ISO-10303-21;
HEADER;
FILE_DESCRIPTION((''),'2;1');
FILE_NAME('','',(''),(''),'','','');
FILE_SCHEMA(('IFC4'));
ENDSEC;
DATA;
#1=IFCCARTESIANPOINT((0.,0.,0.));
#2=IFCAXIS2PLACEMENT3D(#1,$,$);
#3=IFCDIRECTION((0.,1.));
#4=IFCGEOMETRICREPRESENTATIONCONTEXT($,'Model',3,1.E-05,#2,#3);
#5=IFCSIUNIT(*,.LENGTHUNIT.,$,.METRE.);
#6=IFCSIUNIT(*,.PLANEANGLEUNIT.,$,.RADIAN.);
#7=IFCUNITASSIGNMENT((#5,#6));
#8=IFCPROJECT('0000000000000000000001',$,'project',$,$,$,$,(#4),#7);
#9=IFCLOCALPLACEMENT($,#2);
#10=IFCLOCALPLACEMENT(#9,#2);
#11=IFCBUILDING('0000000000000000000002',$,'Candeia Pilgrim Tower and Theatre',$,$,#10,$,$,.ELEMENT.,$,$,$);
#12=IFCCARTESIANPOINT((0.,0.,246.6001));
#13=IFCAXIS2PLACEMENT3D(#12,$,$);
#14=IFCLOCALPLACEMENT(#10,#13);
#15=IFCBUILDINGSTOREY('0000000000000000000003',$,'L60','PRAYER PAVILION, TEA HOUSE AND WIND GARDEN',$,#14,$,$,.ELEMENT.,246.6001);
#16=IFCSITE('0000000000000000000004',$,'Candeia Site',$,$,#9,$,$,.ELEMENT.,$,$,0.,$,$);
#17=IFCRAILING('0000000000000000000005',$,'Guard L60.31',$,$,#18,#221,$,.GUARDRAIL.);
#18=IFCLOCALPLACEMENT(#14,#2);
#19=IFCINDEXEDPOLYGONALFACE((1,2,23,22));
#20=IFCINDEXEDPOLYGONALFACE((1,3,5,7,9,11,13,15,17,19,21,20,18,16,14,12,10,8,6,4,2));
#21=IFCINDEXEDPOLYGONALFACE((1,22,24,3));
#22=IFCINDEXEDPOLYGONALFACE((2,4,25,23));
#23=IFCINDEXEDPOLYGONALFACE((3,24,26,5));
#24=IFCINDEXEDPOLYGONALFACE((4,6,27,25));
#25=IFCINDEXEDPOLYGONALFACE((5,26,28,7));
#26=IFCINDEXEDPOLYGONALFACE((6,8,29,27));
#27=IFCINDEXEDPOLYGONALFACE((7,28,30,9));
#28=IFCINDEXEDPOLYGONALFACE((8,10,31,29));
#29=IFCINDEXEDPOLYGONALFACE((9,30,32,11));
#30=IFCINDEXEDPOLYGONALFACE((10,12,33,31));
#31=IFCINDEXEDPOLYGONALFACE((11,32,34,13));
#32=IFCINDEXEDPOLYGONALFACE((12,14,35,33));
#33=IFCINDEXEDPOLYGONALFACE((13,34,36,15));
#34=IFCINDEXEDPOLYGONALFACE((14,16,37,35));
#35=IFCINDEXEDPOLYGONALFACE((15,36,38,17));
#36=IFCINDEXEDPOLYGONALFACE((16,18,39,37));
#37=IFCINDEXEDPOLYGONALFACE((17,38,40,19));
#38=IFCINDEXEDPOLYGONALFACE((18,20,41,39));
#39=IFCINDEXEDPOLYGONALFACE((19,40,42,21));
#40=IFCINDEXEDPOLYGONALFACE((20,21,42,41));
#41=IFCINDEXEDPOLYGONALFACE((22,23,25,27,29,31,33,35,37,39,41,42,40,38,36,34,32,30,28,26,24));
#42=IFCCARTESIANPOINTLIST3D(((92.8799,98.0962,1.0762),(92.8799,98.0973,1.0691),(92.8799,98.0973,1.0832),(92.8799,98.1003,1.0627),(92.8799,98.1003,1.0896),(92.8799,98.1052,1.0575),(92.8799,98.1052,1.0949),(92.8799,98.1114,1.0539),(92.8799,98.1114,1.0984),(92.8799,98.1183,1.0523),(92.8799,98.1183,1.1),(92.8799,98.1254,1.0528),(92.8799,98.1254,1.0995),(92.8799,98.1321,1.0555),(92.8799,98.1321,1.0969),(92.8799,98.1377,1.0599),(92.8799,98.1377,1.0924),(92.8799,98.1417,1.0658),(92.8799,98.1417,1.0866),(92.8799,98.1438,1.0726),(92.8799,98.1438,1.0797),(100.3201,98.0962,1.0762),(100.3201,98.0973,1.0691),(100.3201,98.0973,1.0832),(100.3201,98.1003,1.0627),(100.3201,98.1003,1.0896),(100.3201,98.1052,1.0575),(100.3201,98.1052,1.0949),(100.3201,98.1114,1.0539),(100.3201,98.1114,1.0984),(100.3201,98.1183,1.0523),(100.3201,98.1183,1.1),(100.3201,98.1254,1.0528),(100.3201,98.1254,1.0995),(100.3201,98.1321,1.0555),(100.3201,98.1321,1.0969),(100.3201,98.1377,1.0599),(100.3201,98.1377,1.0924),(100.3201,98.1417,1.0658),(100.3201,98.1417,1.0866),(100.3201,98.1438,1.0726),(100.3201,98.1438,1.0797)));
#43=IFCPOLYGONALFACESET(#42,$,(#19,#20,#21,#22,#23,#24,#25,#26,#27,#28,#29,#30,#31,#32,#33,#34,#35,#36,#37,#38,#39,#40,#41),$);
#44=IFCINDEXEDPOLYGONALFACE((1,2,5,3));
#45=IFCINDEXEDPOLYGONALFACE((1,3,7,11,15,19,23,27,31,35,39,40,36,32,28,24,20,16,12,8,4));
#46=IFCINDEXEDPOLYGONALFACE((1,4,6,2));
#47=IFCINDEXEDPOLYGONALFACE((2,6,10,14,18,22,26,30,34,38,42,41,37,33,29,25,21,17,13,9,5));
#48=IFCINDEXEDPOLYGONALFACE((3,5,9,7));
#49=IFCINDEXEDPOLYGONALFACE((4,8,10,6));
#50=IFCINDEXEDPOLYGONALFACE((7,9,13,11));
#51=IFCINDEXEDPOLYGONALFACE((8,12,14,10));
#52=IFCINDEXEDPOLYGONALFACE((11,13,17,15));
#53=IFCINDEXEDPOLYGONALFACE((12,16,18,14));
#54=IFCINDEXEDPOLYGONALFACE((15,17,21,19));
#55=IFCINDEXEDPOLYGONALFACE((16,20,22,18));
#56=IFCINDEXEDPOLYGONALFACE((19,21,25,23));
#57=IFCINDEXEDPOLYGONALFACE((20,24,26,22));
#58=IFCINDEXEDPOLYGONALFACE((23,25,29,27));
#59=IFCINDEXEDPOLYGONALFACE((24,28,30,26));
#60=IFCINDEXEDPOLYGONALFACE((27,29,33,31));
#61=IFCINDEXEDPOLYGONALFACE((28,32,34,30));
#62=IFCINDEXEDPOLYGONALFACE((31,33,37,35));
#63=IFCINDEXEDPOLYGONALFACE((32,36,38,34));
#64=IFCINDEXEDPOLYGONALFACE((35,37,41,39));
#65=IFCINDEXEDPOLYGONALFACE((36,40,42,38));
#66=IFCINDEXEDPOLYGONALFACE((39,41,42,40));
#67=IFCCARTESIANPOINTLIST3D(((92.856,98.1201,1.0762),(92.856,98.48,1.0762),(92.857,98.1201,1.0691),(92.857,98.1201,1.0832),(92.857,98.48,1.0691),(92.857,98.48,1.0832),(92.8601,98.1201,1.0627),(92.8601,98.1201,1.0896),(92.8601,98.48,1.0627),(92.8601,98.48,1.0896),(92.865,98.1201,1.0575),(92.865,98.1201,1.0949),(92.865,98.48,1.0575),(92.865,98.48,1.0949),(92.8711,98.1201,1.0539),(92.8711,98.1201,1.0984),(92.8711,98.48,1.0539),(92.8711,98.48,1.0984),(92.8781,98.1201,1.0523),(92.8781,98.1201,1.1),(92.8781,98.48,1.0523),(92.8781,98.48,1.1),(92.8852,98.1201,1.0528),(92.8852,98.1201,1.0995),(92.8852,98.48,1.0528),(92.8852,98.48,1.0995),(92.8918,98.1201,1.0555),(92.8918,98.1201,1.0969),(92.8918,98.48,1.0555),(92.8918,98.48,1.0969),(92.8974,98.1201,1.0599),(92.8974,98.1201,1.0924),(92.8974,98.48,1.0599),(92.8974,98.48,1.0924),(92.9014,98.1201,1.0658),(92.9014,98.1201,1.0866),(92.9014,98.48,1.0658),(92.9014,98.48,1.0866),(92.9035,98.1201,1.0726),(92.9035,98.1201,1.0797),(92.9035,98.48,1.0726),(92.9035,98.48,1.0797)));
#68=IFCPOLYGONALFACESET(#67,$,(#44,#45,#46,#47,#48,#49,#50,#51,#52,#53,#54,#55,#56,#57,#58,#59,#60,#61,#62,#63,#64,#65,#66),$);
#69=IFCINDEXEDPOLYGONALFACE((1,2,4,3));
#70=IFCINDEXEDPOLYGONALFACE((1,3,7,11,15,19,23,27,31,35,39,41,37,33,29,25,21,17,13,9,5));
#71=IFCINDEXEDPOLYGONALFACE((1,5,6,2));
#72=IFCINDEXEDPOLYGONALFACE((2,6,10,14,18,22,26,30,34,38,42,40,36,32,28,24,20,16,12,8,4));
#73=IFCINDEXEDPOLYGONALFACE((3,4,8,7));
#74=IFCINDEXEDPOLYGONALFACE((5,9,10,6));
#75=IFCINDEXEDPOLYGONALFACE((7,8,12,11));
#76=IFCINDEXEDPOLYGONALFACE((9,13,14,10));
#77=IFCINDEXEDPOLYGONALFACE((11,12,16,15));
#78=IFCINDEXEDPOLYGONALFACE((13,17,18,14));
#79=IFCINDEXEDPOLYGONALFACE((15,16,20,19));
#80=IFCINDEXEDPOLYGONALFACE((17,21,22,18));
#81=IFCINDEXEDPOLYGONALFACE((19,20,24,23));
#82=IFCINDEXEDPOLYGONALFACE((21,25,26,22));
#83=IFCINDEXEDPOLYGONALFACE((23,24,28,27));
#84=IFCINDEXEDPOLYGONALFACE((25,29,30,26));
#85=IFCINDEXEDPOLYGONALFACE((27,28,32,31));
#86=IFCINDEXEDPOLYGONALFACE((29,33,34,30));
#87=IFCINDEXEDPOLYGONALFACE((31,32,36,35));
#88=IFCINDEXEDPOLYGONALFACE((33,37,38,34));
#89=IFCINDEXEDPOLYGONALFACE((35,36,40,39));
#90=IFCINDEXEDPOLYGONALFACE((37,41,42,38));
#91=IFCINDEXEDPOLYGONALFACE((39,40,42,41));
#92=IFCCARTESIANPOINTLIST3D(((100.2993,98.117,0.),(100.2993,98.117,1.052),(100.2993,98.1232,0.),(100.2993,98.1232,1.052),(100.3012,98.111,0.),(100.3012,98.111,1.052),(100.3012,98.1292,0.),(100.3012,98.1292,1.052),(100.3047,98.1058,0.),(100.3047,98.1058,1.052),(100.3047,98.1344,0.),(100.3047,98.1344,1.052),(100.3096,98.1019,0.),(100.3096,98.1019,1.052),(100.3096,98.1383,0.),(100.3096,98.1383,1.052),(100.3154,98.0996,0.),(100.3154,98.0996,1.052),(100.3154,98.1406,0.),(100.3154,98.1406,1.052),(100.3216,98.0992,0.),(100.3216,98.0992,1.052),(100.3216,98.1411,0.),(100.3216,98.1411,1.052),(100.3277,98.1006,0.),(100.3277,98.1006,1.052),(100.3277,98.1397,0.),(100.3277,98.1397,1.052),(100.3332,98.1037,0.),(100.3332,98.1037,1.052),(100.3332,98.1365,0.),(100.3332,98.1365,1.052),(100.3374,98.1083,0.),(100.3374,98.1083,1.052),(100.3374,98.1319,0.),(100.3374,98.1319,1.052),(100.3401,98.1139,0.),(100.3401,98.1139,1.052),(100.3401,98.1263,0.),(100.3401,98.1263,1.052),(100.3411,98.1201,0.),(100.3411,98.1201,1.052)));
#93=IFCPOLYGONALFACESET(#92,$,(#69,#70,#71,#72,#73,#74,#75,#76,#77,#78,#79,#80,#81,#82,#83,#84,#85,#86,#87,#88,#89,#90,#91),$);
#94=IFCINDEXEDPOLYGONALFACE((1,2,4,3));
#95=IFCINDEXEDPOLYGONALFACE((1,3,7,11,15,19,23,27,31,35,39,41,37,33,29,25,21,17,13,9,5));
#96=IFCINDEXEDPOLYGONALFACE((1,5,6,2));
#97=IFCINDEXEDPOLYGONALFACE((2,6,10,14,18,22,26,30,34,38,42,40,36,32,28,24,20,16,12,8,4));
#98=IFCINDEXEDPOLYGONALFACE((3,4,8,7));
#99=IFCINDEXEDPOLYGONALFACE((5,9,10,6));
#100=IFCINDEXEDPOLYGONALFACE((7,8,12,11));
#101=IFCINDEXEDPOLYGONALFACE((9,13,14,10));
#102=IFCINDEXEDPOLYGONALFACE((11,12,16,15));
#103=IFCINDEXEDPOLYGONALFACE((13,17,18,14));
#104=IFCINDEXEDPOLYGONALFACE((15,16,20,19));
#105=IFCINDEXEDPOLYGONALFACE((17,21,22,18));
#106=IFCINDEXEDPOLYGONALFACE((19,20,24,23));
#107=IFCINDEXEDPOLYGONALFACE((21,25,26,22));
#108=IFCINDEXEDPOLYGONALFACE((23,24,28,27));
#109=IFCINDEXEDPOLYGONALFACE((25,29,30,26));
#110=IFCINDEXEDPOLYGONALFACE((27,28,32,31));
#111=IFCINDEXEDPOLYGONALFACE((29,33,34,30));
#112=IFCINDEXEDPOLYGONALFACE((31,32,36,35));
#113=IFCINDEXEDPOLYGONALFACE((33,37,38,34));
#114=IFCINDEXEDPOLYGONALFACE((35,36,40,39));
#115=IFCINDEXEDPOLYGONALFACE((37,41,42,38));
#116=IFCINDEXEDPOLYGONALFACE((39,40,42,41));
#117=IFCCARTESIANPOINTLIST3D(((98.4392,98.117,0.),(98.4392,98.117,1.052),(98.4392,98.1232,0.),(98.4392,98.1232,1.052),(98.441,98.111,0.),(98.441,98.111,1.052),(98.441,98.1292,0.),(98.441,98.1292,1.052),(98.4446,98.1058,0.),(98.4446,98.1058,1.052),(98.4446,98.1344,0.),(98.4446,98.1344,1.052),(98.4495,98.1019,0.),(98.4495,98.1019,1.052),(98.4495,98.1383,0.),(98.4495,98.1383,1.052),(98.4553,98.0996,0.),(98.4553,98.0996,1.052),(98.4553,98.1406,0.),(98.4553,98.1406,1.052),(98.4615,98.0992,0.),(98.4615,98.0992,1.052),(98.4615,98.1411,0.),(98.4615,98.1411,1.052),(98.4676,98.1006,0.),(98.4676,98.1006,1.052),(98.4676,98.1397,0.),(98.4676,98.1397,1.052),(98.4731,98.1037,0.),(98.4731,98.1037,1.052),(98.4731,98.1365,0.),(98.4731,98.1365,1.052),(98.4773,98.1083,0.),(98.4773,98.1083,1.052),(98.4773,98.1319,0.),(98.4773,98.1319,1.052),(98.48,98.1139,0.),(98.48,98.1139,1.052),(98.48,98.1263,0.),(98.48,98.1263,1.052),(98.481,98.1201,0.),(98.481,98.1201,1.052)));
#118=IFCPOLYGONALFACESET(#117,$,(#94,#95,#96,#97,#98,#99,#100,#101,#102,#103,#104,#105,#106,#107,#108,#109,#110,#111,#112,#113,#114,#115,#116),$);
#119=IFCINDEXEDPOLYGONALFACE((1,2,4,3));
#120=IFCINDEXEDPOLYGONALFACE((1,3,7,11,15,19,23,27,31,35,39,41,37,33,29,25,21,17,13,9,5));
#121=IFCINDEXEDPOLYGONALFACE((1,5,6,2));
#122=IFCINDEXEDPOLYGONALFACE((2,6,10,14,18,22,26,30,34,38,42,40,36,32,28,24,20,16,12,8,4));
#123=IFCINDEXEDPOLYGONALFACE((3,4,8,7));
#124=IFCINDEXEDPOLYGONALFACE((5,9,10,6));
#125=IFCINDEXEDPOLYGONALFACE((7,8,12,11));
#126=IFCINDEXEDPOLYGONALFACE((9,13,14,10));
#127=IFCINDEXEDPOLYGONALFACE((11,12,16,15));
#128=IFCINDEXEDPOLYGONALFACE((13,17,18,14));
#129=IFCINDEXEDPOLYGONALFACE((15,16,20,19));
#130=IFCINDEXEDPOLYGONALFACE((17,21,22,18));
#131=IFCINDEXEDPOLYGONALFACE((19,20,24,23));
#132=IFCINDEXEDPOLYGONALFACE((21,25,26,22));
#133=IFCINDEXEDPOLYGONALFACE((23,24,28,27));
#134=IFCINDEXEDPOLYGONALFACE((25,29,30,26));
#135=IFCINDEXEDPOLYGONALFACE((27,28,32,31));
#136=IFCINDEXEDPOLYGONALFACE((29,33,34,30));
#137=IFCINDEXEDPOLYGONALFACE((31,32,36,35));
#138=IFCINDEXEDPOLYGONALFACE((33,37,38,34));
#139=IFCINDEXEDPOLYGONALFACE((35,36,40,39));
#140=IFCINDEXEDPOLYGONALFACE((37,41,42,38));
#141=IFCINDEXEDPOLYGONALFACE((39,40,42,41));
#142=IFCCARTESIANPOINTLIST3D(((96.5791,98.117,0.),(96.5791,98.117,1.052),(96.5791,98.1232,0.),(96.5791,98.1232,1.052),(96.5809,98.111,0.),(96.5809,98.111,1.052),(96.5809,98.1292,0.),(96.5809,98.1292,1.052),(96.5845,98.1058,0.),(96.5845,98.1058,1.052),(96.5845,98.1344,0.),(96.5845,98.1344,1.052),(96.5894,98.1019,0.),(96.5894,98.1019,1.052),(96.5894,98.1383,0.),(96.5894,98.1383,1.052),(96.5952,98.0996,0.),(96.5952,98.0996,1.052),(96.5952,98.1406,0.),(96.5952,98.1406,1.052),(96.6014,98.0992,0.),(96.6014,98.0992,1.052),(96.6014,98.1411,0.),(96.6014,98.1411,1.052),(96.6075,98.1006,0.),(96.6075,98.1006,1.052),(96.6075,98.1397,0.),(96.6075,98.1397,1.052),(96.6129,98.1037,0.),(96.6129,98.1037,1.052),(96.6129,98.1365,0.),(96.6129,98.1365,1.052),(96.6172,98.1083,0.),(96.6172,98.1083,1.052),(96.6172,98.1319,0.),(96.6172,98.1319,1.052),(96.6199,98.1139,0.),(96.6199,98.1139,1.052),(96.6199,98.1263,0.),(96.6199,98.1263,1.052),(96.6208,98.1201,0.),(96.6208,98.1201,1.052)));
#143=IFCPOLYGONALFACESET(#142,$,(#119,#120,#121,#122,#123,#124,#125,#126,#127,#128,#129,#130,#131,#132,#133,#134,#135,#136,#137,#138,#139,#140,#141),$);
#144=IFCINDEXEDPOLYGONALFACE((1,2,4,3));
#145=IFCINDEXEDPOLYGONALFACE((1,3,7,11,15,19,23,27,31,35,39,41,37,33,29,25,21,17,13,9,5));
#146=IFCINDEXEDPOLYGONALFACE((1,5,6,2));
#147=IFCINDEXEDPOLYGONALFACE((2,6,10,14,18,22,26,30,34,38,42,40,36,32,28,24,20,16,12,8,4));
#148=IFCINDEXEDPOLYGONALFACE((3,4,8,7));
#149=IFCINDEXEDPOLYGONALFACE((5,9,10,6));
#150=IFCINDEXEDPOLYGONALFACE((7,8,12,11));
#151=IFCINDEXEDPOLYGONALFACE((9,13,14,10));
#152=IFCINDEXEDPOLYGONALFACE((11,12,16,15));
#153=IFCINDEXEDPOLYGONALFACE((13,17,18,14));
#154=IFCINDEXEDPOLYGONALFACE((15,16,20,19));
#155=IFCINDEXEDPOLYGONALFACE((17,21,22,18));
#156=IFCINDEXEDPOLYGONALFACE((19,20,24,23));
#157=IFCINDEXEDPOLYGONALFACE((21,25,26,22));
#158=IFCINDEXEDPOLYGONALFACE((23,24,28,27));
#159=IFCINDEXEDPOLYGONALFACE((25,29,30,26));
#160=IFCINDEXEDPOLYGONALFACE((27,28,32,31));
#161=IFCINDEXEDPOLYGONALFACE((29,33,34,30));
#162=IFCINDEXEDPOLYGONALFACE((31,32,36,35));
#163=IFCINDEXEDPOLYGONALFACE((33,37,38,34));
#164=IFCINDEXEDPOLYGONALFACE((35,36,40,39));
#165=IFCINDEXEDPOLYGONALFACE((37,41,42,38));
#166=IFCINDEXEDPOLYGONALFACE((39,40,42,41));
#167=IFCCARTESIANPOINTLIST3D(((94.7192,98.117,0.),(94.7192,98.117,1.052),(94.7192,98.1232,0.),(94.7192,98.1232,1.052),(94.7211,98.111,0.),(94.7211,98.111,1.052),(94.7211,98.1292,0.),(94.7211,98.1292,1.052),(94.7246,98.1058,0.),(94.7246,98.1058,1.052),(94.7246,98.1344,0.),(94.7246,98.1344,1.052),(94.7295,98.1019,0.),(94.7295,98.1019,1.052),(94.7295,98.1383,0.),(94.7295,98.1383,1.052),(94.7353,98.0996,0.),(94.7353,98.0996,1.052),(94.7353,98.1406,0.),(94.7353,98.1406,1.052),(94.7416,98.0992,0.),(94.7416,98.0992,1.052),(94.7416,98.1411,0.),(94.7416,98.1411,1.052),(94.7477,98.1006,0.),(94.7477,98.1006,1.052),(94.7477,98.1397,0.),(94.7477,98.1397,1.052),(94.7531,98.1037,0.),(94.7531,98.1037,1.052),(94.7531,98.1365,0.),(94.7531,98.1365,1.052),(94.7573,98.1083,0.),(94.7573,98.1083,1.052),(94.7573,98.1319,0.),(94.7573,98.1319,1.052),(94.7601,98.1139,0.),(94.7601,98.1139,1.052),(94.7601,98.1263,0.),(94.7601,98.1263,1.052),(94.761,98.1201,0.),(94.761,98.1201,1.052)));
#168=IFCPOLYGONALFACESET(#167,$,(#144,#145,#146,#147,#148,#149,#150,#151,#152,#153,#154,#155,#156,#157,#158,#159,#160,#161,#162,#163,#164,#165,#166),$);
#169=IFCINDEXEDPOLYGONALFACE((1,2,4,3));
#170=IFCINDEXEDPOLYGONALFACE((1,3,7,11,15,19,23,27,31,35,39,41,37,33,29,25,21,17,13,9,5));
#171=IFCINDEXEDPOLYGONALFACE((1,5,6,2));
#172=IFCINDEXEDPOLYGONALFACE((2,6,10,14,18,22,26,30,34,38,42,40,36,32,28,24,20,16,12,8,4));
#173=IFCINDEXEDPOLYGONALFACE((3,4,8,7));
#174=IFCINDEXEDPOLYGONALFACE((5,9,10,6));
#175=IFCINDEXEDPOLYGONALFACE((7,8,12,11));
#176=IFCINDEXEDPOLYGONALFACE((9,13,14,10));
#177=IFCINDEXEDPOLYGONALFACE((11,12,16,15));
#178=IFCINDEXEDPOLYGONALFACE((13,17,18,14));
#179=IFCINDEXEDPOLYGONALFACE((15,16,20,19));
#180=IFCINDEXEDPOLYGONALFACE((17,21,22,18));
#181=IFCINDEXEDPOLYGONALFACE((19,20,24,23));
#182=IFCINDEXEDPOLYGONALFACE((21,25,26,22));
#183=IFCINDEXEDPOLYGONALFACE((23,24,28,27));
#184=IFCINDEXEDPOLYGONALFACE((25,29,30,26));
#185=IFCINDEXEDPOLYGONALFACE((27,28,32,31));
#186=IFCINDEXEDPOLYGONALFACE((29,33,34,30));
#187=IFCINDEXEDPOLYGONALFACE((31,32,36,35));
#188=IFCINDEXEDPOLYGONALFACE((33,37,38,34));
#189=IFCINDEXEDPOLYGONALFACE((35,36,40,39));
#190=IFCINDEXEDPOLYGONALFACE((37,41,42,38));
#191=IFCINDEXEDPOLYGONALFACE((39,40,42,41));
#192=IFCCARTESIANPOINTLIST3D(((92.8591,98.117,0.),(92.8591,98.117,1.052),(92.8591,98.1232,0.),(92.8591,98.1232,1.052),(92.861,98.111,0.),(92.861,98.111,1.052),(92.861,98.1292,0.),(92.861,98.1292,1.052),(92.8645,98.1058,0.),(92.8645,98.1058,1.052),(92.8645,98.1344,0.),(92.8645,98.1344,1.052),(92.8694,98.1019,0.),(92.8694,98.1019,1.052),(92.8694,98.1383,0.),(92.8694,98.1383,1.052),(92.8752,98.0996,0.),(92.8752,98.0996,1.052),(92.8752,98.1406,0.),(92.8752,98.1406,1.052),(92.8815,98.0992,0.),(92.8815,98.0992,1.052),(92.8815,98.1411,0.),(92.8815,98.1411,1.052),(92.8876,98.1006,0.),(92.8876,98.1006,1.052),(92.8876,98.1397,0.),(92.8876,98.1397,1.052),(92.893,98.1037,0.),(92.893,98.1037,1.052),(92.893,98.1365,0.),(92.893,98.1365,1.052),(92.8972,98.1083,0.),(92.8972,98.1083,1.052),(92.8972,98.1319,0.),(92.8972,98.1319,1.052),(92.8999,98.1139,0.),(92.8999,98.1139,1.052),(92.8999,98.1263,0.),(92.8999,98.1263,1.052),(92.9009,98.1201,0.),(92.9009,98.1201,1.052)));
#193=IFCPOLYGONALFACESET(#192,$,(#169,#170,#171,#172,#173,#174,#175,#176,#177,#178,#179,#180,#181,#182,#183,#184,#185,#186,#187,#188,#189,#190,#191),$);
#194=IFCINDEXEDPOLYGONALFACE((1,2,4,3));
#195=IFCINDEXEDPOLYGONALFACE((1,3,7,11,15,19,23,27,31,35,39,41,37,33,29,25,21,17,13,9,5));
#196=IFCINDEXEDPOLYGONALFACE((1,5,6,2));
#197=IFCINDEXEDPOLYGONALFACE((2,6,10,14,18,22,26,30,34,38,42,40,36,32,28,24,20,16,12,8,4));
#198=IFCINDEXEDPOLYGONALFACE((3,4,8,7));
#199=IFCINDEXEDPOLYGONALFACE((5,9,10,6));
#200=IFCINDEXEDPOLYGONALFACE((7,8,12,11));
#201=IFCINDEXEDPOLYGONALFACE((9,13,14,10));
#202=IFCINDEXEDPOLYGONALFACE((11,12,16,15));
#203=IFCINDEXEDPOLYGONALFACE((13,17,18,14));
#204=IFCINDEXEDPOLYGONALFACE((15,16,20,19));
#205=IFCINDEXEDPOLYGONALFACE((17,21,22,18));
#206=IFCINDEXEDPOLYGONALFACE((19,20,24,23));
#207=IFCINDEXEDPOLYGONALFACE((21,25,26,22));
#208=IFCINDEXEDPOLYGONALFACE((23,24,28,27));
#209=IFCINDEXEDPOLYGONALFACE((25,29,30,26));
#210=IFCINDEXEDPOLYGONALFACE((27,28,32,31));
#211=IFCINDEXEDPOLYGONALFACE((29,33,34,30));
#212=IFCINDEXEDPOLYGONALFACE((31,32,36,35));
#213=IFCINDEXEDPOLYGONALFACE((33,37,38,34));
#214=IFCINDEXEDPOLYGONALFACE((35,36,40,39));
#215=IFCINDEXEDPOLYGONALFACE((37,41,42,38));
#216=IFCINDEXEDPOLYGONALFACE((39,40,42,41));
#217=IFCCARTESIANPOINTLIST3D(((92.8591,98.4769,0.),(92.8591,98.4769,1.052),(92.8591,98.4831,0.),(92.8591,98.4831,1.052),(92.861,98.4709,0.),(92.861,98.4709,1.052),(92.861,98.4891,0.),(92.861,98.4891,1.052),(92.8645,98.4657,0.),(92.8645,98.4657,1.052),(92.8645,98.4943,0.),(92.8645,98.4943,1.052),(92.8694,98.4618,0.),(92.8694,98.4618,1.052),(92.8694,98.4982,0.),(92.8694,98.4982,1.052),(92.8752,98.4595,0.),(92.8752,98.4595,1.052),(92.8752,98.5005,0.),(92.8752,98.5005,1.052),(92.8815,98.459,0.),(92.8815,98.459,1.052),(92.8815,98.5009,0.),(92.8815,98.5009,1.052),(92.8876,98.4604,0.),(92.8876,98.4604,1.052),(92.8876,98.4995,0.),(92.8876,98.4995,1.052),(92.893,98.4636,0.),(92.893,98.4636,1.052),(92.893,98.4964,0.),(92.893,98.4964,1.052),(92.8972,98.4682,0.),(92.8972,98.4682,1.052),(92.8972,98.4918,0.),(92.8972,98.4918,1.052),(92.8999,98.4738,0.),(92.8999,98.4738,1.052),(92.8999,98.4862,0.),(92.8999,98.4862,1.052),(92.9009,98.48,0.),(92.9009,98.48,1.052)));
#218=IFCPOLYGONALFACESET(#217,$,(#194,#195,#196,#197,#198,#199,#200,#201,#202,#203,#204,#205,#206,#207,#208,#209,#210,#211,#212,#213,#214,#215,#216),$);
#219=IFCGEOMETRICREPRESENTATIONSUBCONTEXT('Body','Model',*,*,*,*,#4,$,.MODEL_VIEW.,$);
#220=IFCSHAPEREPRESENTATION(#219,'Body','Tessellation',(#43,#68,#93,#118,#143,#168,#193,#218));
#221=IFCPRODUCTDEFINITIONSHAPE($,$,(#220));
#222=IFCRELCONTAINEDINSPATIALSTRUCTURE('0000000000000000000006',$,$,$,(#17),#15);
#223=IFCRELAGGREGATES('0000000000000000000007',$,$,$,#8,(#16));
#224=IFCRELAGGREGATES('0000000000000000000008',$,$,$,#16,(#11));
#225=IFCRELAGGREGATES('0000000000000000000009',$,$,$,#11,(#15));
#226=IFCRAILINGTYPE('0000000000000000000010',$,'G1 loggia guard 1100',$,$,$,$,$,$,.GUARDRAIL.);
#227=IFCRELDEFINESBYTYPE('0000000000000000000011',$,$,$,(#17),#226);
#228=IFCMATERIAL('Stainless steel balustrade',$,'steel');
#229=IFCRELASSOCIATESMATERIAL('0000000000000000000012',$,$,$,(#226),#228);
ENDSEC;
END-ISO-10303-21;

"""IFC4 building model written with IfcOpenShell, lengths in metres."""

from ifc_helpers import new_model, si_unit, direction, frame, origin, origin_2d, place, context, subcontext, project, spatial, circle, extrude, material, type_object, element, save


model = new_model("IFC4")

# Units and contexts
model_context = context("Model", 3, precision=1e-05, world=origin(), true_north=direction((0.0, 1.0)))
body_context = subcontext(model_context, "Body", "Model", "MODEL_VIEW")
ifc_project = project(units=[si_unit("LENGTHUNIT", "METRE"), si_unit("PLANEANGLEUNIT", "RADIAN")], contexts=[model_context])

# Site, building, storey
site_placement = place(None, origin())
site = spatial("IfcSite", under=ifc_project, at=site_placement, Name="Candeia Site", CompositionType="ELEMENT", RefElevation=0.0)
building_placement = place(site_placement, origin())
building = spatial("IfcBuilding", under=site, at=building_placement, Name="Candeia Pilgrim Tower and Theatre", CompositionType="ELEMENT")
storey_placement = place(building_placement, frame((0.0, 0.0, 246.6001)))
storey = spatial("IfcBuildingStorey", under=building, at=storey_placement, Name="L60", Description="PRAYER PAVILION, TEA HOUSE AND WIND GARDEN", CompositionType="ELEMENT", Elevation=246.6001)

# Railing
ifc_material_1 = material(Name="Stainless steel balustrade", Category="steel")
railing_type = type_object("IfcRailingType", Name="G1 loggia guard 1100", PredefinedType="GUARDRAIL", material=ifc_material_1)
railing_1_placement = place(storey_placement, frame((100.3201, 98.1201, 0.0)))
element("IfcRailing", 1, at=railing_1_placement, inside=storey, type_object=railing_type, Name="Guard L60.31", PredefinedType="GUARDRAIL", context=body_context, shape_type="SweptSolid", body=[
    extrude(circle(Radius=0.0239, at=origin_2d()), frame((0.0, 0.0, 1.0762), z_axis=(-1.0, 0.0, 0.0), x_axis=(0.0, -1.0, 0.0)), (0.0, 0.0, 1.0), 7.4402),
    extrude(circle(Radius=0.0239, at=origin_2d()), frame((-7.4402, 0.0, 1.0762), z_axis=(0.0, 1.0, 0.0), x_axis=(-1.0, 0.0, 0.0)), (0.0, 0.0, 1.0), 0.3599),
    extrude(circle(Radius=0.021, at=origin_2d()), origin(), (0.0, 0.0, 1.0), 1.052),
    extrude(circle(Radius=0.021, at=origin_2d()), frame((-1.8601, 0.0, 0.0)), (0.0, 0.0, 1.0), 1.052),
    extrude(circle(Radius=0.021, at=origin_2d()), frame((-3.7202, 0.0, 0.0)), (0.0, 0.0, 1.0), 1.052),
    extrude(circle(Radius=0.021, at=origin_2d()), frame((-5.5801, 0.0, 0.0)), (0.0, 0.0, 1.0), 1.052),
    extrude(circle(Radius=0.021, at=origin_2d()), frame((-7.4402, 0.0, 0.0)), (0.0, 0.0, 1.0), 1.052),
    extrude(circle(Radius=0.021, at=origin_2d()), frame((-7.4402, 0.3599, 0.0)), (0.0, 0.0, 1.0), 1.052),
])

save(model, "model.ifc")
